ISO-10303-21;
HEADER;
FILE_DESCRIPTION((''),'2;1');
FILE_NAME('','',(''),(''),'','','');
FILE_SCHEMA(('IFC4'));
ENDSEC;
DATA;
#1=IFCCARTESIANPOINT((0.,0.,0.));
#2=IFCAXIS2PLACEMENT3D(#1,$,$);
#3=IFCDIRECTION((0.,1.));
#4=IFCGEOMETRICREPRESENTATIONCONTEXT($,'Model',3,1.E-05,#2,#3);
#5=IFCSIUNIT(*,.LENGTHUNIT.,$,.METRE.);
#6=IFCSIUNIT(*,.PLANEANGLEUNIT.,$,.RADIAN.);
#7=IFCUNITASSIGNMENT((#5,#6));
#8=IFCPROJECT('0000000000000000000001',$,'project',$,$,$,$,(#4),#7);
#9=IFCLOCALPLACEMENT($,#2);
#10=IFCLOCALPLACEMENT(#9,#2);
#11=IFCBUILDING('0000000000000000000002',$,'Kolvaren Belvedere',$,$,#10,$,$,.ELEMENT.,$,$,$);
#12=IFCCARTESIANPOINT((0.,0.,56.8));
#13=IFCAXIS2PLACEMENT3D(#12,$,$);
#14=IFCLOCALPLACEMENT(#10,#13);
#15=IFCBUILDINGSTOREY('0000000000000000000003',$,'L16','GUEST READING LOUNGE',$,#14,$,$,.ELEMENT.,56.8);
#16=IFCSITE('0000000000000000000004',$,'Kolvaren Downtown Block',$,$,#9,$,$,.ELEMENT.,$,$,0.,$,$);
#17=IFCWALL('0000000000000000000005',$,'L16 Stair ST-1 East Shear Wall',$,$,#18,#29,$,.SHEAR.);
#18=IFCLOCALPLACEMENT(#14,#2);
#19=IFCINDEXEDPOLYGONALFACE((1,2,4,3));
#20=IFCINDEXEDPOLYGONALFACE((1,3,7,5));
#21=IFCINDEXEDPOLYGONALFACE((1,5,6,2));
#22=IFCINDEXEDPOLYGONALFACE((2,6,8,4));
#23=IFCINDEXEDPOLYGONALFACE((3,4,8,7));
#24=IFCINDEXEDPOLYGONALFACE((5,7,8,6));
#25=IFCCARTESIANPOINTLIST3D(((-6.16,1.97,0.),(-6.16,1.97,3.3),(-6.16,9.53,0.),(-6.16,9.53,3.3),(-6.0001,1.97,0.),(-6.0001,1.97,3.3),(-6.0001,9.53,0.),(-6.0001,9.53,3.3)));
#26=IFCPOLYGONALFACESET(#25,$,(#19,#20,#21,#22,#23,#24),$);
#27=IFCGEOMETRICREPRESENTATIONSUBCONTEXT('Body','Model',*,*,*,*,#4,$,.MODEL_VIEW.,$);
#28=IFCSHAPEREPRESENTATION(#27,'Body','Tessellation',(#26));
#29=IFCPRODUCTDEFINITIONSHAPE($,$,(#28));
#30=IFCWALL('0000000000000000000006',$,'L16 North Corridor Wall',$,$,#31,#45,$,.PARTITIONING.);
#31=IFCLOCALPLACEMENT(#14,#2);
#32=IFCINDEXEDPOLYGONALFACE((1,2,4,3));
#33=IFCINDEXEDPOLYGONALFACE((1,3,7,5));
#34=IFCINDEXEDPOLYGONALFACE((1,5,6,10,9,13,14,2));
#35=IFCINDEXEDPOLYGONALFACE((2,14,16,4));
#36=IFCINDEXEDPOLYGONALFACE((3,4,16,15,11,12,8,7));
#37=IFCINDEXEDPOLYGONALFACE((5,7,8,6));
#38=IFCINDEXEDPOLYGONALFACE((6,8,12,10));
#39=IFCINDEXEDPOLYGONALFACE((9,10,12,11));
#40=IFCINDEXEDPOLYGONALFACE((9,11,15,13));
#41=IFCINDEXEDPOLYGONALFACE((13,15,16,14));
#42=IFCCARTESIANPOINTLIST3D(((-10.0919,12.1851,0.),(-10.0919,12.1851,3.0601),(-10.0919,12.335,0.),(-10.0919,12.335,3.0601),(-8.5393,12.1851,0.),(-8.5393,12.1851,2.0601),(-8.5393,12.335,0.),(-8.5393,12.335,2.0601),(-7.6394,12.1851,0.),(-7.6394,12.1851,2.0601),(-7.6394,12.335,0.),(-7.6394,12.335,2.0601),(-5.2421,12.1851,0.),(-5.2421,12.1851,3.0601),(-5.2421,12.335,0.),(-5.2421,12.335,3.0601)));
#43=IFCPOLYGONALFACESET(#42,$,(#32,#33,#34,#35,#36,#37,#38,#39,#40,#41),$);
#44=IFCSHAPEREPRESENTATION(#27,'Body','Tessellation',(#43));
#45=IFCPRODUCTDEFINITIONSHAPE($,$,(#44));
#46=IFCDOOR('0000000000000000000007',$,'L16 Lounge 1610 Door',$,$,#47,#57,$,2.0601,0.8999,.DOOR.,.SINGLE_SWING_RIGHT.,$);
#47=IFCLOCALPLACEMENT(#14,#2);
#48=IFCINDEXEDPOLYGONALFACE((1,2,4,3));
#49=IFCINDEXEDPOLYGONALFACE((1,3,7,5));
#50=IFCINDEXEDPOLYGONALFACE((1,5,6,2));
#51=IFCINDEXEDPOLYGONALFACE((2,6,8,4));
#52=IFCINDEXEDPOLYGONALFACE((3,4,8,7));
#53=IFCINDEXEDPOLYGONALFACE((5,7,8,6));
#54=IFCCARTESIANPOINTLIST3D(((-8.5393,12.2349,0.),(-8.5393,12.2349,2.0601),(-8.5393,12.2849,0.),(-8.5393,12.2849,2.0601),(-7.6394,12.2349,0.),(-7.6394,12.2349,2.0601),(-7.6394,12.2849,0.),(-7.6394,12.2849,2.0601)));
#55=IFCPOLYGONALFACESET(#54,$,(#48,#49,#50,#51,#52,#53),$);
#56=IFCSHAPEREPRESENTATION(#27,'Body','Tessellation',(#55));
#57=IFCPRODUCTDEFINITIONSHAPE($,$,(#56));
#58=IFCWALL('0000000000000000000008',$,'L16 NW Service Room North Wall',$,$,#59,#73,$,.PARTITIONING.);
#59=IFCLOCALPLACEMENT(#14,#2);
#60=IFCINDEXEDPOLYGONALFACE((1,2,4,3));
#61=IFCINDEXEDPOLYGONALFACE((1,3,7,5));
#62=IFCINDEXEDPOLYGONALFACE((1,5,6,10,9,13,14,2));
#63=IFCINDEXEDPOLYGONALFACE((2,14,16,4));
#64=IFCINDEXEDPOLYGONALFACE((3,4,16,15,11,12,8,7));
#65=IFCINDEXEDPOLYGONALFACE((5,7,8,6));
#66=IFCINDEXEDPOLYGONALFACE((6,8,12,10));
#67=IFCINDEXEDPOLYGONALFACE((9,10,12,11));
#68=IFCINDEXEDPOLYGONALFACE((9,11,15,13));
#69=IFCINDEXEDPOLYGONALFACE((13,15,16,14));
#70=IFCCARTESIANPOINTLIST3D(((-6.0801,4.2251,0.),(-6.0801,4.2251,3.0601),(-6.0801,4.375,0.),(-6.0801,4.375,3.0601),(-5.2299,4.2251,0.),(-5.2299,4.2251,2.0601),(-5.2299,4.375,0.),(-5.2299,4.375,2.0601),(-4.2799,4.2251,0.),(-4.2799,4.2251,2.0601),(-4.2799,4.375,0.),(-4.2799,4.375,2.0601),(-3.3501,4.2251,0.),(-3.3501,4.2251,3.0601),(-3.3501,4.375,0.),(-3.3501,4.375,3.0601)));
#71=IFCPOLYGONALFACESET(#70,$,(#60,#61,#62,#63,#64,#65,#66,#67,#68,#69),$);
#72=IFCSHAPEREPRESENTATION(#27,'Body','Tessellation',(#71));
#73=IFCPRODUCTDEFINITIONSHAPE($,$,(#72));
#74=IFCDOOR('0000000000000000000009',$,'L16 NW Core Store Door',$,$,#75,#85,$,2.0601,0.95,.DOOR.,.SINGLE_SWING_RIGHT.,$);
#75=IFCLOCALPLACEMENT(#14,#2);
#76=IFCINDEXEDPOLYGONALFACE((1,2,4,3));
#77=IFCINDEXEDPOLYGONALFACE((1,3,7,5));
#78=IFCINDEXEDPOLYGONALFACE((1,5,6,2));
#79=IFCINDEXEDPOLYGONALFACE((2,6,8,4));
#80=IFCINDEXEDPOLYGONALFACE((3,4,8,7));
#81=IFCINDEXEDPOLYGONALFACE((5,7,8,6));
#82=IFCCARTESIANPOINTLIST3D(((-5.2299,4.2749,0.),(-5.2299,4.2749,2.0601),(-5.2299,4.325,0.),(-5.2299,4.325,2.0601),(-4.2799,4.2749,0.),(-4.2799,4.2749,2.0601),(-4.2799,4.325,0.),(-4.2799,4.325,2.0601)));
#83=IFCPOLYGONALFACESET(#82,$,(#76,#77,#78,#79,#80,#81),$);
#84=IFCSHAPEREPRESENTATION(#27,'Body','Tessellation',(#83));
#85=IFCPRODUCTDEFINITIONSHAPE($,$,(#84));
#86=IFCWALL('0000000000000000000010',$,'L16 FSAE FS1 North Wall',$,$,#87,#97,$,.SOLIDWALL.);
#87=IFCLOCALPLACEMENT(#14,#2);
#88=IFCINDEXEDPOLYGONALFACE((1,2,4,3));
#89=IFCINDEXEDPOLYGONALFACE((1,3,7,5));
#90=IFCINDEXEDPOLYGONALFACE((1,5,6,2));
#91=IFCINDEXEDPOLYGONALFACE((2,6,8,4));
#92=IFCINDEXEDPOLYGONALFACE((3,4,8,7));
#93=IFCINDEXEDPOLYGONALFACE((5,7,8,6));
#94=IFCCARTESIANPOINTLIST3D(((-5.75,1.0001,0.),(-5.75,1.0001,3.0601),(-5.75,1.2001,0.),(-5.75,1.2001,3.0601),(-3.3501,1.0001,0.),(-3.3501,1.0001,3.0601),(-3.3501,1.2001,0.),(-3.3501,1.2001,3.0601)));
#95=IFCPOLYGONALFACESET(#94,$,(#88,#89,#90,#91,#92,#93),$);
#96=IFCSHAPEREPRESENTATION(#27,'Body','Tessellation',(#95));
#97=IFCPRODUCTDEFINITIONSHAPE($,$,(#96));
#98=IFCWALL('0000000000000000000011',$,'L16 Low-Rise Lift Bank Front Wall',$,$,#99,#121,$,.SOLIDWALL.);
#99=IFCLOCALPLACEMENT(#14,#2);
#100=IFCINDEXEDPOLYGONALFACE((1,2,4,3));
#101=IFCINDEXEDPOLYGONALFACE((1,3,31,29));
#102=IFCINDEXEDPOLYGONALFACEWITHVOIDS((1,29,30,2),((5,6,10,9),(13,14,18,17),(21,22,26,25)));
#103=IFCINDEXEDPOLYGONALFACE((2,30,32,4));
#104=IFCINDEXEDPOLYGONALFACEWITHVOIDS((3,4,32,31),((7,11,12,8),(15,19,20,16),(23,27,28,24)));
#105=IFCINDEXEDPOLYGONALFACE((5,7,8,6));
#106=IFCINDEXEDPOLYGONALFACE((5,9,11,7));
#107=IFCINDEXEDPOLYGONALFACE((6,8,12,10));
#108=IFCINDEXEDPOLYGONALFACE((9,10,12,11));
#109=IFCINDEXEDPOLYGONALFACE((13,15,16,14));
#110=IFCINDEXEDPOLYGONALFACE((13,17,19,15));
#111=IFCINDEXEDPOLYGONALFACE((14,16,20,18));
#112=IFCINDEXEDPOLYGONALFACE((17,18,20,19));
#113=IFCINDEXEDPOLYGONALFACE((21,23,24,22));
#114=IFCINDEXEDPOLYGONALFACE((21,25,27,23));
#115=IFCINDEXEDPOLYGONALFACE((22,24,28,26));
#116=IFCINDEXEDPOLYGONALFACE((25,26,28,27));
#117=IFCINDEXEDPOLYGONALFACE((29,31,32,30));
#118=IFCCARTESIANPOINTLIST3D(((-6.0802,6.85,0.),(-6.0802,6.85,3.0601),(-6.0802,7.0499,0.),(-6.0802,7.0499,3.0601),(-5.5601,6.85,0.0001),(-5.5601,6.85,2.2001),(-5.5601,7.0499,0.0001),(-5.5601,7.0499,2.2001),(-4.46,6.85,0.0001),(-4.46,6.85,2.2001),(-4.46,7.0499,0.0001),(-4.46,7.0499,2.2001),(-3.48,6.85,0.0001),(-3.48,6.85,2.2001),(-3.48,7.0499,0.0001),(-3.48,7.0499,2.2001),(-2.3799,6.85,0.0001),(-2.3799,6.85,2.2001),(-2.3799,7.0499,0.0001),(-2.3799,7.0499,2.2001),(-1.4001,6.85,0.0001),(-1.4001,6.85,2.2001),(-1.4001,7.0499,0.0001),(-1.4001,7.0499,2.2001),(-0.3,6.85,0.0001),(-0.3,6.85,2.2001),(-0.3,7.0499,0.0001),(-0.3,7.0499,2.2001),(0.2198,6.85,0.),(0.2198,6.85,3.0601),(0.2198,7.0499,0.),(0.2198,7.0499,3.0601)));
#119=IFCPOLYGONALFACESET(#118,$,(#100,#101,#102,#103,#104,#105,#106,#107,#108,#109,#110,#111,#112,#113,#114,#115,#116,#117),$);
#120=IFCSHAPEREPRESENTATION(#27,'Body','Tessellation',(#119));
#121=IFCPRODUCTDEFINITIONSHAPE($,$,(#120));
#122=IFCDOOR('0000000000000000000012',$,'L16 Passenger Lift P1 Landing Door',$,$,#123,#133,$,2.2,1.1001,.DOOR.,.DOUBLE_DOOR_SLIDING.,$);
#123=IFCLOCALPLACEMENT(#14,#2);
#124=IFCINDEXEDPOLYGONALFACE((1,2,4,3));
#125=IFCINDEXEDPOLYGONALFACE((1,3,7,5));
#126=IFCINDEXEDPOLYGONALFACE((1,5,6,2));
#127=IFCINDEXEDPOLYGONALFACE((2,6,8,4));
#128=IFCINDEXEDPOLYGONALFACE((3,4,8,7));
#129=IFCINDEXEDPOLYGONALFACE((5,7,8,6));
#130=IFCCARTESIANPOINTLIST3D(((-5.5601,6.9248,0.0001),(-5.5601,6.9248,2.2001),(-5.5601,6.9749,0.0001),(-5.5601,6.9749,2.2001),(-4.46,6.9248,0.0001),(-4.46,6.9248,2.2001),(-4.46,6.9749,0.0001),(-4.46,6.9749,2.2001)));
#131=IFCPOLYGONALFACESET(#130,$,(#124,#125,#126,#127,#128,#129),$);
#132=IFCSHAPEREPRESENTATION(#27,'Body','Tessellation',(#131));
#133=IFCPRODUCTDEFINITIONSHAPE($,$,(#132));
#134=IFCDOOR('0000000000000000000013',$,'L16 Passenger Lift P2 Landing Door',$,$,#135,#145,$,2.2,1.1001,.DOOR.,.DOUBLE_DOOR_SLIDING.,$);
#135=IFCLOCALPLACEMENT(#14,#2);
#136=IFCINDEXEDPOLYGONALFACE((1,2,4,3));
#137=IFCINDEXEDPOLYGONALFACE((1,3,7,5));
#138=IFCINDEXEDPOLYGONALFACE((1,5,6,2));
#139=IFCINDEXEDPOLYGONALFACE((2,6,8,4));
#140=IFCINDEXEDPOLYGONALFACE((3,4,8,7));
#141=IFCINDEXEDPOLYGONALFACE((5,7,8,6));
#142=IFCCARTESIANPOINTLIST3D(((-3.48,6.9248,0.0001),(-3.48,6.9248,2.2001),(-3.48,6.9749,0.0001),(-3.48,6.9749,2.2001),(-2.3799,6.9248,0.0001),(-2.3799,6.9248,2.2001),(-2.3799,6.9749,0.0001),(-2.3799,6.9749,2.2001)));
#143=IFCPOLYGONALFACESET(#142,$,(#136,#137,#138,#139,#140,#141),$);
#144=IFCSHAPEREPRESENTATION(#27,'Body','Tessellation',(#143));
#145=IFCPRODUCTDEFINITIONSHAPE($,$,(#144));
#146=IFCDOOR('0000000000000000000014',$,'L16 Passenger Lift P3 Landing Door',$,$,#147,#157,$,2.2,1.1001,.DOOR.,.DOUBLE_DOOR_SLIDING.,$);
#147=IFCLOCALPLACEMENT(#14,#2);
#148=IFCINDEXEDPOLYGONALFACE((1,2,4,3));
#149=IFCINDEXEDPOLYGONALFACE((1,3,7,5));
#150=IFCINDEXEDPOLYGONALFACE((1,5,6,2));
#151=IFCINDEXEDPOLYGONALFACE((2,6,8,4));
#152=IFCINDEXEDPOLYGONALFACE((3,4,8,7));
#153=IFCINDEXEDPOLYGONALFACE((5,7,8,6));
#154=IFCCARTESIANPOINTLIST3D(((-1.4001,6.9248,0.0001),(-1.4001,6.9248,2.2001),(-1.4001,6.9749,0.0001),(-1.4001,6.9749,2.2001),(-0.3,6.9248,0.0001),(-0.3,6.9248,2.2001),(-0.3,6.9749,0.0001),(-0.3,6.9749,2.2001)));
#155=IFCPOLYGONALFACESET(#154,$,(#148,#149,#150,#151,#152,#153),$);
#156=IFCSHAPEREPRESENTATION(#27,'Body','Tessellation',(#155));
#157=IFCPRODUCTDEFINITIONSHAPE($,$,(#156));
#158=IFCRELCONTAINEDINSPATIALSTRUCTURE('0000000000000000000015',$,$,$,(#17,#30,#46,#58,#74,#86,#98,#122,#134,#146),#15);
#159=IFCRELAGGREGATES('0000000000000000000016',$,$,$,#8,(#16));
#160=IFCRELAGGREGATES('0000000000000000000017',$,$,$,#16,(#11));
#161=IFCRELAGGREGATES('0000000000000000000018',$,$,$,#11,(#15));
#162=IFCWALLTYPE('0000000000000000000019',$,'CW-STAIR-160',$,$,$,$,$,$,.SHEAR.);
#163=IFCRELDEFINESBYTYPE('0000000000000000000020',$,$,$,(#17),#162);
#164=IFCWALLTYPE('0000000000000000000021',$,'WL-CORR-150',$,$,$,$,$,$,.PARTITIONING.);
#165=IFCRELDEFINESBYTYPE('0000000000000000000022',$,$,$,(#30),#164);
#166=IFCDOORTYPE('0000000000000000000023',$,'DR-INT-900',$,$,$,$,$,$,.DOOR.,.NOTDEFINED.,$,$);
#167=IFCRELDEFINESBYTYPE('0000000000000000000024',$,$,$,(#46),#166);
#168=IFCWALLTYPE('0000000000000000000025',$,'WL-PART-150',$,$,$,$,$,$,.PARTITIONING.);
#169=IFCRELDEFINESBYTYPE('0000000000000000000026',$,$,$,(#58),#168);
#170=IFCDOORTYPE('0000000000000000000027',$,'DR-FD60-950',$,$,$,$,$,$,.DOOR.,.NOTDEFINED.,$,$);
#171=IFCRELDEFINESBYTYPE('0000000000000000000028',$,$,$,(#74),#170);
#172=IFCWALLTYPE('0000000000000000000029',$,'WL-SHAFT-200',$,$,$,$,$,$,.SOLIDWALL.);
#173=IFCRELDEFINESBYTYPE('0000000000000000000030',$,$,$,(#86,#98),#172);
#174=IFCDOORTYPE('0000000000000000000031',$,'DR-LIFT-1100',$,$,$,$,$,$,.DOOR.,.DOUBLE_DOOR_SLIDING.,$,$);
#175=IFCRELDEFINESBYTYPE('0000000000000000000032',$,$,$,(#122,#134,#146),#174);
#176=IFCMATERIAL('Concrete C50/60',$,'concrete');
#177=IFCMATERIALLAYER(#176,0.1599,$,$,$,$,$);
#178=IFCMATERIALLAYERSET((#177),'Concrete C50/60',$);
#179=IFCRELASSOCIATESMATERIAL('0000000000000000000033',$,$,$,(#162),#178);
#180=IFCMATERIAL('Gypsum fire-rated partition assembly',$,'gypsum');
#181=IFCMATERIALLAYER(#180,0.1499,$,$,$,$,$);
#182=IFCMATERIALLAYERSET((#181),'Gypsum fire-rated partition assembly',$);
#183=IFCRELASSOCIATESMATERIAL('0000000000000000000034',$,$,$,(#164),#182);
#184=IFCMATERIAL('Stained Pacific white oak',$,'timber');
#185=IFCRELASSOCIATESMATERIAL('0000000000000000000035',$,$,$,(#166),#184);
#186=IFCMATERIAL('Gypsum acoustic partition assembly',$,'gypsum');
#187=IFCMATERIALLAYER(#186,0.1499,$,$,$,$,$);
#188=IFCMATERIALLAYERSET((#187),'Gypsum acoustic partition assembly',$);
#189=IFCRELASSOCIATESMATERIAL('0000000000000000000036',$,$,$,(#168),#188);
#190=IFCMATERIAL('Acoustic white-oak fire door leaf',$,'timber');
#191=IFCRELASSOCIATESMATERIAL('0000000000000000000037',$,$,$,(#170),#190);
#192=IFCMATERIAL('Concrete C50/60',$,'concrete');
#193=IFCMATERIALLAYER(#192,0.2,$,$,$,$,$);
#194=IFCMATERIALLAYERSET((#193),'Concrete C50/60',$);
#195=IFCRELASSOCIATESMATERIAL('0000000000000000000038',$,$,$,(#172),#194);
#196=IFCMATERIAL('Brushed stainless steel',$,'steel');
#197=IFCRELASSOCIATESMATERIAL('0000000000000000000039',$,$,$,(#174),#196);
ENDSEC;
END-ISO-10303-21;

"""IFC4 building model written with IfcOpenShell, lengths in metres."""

from ifc_helpers import new_model, si_unit, direction, frame, frame_2d, origin, place, context, subcontext, project, spatial, rectangle, extrude, material, layer, layer_set, type_object, element, fill, save


model = new_model("IFC4")

# Units and contexts
model_context = context("Model", 3, precision=1e-05, world=origin(), true_north=direction((0.0, 1.0)))
body_context = subcontext(model_context, "Body", "Model", "MODEL_VIEW")
ifc_project = project(units=[si_unit("LENGTHUNIT", "METRE"), si_unit("PLANEANGLEUNIT", "RADIAN")], contexts=[model_context])

# Site, building, storey
site_placement = place(None, origin())
site = spatial("IfcSite", under=ifc_project, at=site_placement, Name="Kolvaren Downtown Block", CompositionType="ELEMENT", RefElevation=0.0)
building_placement = place(site_placement, origin())
building = spatial("IfcBuilding", under=site, at=building_placement, Name="Kolvaren Belvedere", CompositionType="ELEMENT")
storey_placement = place(building_placement, frame((0.0, 0.0, 56.8)))
storey = spatial("IfcBuildingStorey", under=building, at=storey_placement, Name="L16", Description="GUEST READING LOUNGE", CompositionType="ELEMENT", Elevation=56.8)

# Shared definitions
ifc_material_1 = material(Name="Concrete C50/60", Category="concrete")
ifc_layer_1 = layer(ifc_material_1, 0.1599)
ifc_layer_set_1 = layer_set([ifc_layer_1], Name="Concrete C50/60")
wall_type_1 = type_object("IfcWallType", Name="CW-STAIR-160", PredefinedType="SHEAR", material=ifc_layer_set_1)

# Wall
for number, where, z_axis, x_axis, name in (
    (1, (-6.0801, 1.97, 0.0), (0.0, 0.0, 1.0), (0.0, 1.0, 0.0), "L16 Stair ST-1 East Shear Wall"),
):
    element("IfcWall", number, at=place(storey_placement, frame(where, z_axis=z_axis, x_axis=x_axis)), inside=storey, type_object=wall_type_1, Name=name, PredefinedType="SHEAR", context=body_context, shape_type="SweptSolid", body=[
        extrude(rectangle(XDim=7.5601, YDim=0.1599, at=frame_2d((3.78, 0.0))), origin(), (0.0, 0.0, 1.0), 3.3),
    ])

# Walls, openings, doors
ifc_material_2 = material(Name="Gypsum fire-rated partition assembly", Category="gypsum")
ifc_layer_2 = layer(ifc_material_2, 0.1499)
ifc_layer_set_2 = layer_set([ifc_layer_2], Name="Gypsum fire-rated partition assembly")
wall_type_2 = type_object("IfcWallType", Name="WL-CORR-150", PredefinedType="PARTITIONING", material=ifc_layer_set_2)
wall_1_placement = place(storey_placement, frame((-10.0918, 12.26, 0.0), z_axis=(0.0, 0.0, 1.0), x_axis=(1.0, 0.0, 0.0)))
wall_1 = element("IfcWall", 2, at=wall_1_placement, inside=storey, type_object=wall_type_2, Name="L16 North Corridor Wall", PredefinedType="PARTITIONING", context=body_context, shape_type="SweptSolid", body=[
    extrude(rectangle(XDim=4.8499, YDim=0.1499, at=frame_2d((2.4248, 0.0))), origin(), (0.0, 0.0, 1.0), 3.0601),
])
opening_1_placement = place(wall_1_placement, frame((1.5525, 0.0, 0.0)))
opening_1 = element("IfcOpeningElement", 3, at=opening_1_placement, cuts=wall_1, PredefinedType="OPENING", context=body_context, shape_type="SweptSolid", body=[
    extrude(rectangle(XDim=0.8999, YDim=2.0601, at=frame_2d((0.45, 1.03))), frame((0.0, 0.085, 0.0), z_axis=(0.0, -1.0, 0.0), x_axis=(1.0, 0.0, 0.0)), (0.0, 0.0, 1.0), 0.1699),
])
ifc_material_3 = material(Name="Stained Pacific white oak", Category="timber")
door_type_1 = type_object("IfcDoorType", Name="DR-INT-900", OperationType="NOTDEFINED", PredefinedType="DOOR", material=ifc_material_3)
door_1_placement = place(opening_1_placement, origin())
door_1 = element("IfcDoor", 4, at=door_1_placement, inside=storey, type_object=door_type_1, Name="L16 Lounge 1610 Door", OperationType="SINGLE_SWING_RIGHT", OverallHeight=2.0601, OverallWidth=0.8999, PredefinedType="DOOR", context=body_context, shape_type="SweptSolid", body=[
    extrude(rectangle(XDim=0.8999, YDim=2.0601, at=frame_2d((0.45, 1.03))), frame((0.0, 0.0249, 0.0), z_axis=(0.0, -1.0, 0.0), x_axis=(1.0, 0.0, 0.0)), (0.0, 0.0, 1.0), 0.05),
])
fill(opening_1, door_1)
ifc_material_4 = material(Name="Gypsum acoustic partition assembly", Category="gypsum")
ifc_layer_3 = layer(ifc_material_4, 0.1499)
ifc_layer_set_3 = layer_set([ifc_layer_3], Name="Gypsum acoustic partition assembly")
wall_type_3 = type_object("IfcWallType", Name="WL-PART-150", PredefinedType="PARTITIONING", material=ifc_layer_set_3)
wall_2_placement = place(storey_placement, frame((-6.0801, 4.3, 0.0), z_axis=(0.0, 0.0, 1.0), x_axis=(1.0, 0.0, 0.0)))
wall_2 = element("IfcWall", 5, at=wall_2_placement, inside=storey, type_object=wall_type_3, Name="L16 NW Service Room North Wall", PredefinedType="PARTITIONING", context=body_context, shape_type="SweptSolid", body=[
    extrude(rectangle(XDim=2.73, YDim=0.1499, at=frame_2d((1.365, 0.0))), origin(), (0.0, 0.0, 1.0), 3.0601),
])
opening_2_placement = place(wall_2_placement, frame((0.8501, 0.0, 0.0)))
opening_2 = element("IfcOpeningElement", 6, at=opening_2_placement, cuts=wall_2, PredefinedType="OPENING", context=body_context, shape_type="SweptSolid", body=[
    extrude(rectangle(XDim=0.95, YDim=2.0601, at=frame_2d((0.4751, 1.03))), frame((0.0, 0.085, 0.0), z_axis=(0.0, -1.0, 0.0), x_axis=(1.0, 0.0, 0.0)), (0.0, 0.0, 1.0), 0.1699),
])
ifc_material_5 = material(Name="Acoustic white-oak fire door leaf", Category="timber")
door_type_2 = type_object("IfcDoorType", Name="DR-FD60-950", OperationType="NOTDEFINED", PredefinedType="DOOR", material=ifc_material_5)
door_2_placement = place(opening_2_placement, origin())
door_2 = element("IfcDoor", 7, at=door_2_placement, inside=storey, type_object=door_type_2, Name="L16 NW Core Store Door", OperationType="SINGLE_SWING_RIGHT", OverallHeight=2.0601, OverallWidth=0.95, PredefinedType="DOOR", context=body_context, shape_type="SweptSolid", body=[
    extrude(rectangle(XDim=0.95, YDim=2.0601, at=frame_2d((0.4751, 1.03))), frame((0.0, 0.0249, 0.0), z_axis=(0.0, -1.0, 0.0), x_axis=(1.0, 0.0, 0.0)), (0.0, 0.0, 1.0), 0.05),
])
fill(opening_2, door_2)

# Wall
ifc_material_6 = material(Name="Concrete C50/60", Category="concrete")
ifc_layer_4 = layer(ifc_material_6, 0.2)
ifc_layer_set_4 = layer_set([ifc_layer_4], Name="Concrete C50/60")
wall_type_4 = type_object("IfcWallType", Name="WL-SHAFT-200", PredefinedType="SOLIDWALL", material=ifc_layer_set_4)
wall_3_placement = place(storey_placement, frame((-5.75, 1.1001, 0.0), z_axis=(0.0, 0.0, 1.0), x_axis=(1.0, 0.0, 0.0)))
element("IfcWall", 8, at=wall_3_placement, inside=storey, type_object=wall_type_4, Name="L16 FSAE FS1 North Wall", PredefinedType="SOLIDWALL", context=body_context, shape_type="SweptSolid", body=[
    extrude(rectangle(XDim=2.3999, YDim=0.2, at=frame_2d((1.2, 0.0))), origin(), (0.0, 0.0, 1.0), 3.0601),
])

# Wall, openings, doors
wall_4_placement = place(storey_placement, frame((-6.0801, 6.95, 0.0), z_axis=(0.0, 0.0, 1.0), x_axis=(1.0, 0.0, 0.0)))
wall_4 = element("IfcWall", 9, at=wall_4_placement, inside=storey, type_object=wall_type_4, Name="L16 Low-Rise Lift Bank Front Wall", PredefinedType="SOLIDWALL", context=body_context, shape_type="SweptSolid", body=[
    extrude(rectangle(XDim=6.3, YDim=0.2, at=frame_2d((3.1499, 0.0))), origin(), (0.0, 0.0, 1.0), 3.0601),
])
opening_3_placement = place(wall_4_placement, frame((0.52, 0.0, 0.0)))
opening_3 = element("IfcOpeningElement", 10, at=opening_3_placement, cuts=wall_4, PredefinedType="OPENING", context=body_context, shape_type="SweptSolid", body=[
    extrude(rectangle(XDim=1.1001, YDim=2.2, at=frame_2d((0.55, 1.1001))), frame((0.0, 0.1099, 0.0), z_axis=(0.0, -1.0, 0.0), x_axis=(1.0, 0.0, 0.0)), (0.0, 0.0, 1.0), 0.22),
])
opening_4_placement = place(wall_4_placement, frame((2.6001, 0.0, 0.0)))
opening_4 = element("IfcOpeningElement", 11, at=opening_4_placement, cuts=wall_4, PredefinedType="OPENING", context=body_context, shape_type="SweptSolid", body=[
    extrude(rectangle(XDim=1.1001, YDim=2.2, at=frame_2d((0.55, 1.1001))), frame((0.0, 0.1099, 0.0), z_axis=(0.0, -1.0, 0.0), x_axis=(1.0, 0.0, 0.0)), (0.0, 0.0, 1.0), 0.22),
])
opening_5_placement = place(wall_4_placement, frame((4.6799, 0.0, 0.0)))
opening_5 = element("IfcOpeningElement", 12, at=opening_5_placement, cuts=wall_4, PredefinedType="OPENING", context=body_context, shape_type="SweptSolid", body=[
    extrude(rectangle(XDim=1.1001, YDim=2.2, at=frame_2d((0.55, 1.1001))), frame((0.0, 0.1099, 0.0), z_axis=(0.0, -1.0, 0.0), x_axis=(1.0, 0.0, 0.0)), (0.0, 0.0, 1.0), 0.22),
])
ifc_material_7 = material(Name="Brushed stainless steel", Category="steel")
door_type_3 = type_object("IfcDoorType", Name="DR-LIFT-1100", OperationType="DOUBLE_DOOR_SLIDING", PredefinedType="DOOR", material=ifc_material_7)
door_3_placement = place(opening_3_placement, origin())
door_3 = element("IfcDoor", 13, at=door_3_placement, inside=storey, type_object=door_type_3, Name="L16 Passenger Lift P1 Landing Door", OperationType="DOUBLE_DOOR_SLIDING", OverallHeight=2.2, OverallWidth=1.1001, PredefinedType="DOOR", context=body_context, shape_type="SweptSolid", body=[
    extrude(rectangle(XDim=1.1001, YDim=2.2, at=frame_2d((0.55, 1.1001))), frame((0.0, 0.0249, 0.0), z_axis=(0.0, -1.0, 0.0), x_axis=(1.0, 0.0, 0.0)), (0.0, 0.0, 1.0), 0.05),
])
fill(opening_3, door_3)
door_4_placement = place(opening_4_placement, origin())
door_4 = element("IfcDoor", 14, at=door_4_placement, inside=storey, type_object=door_type_3, Name="L16 Passenger Lift P2 Landing Door", OperationType="DOUBLE_DOOR_SLIDING", OverallHeight=2.2, OverallWidth=1.1001, PredefinedType="DOOR", context=body_context, shape_type="SweptSolid", body=[
    extrude(rectangle(XDim=1.1001, YDim=2.2, at=frame_2d((0.55, 1.1001))), frame((0.0, 0.0249, 0.0), z_axis=(0.0, -1.0, 0.0), x_axis=(1.0, 0.0, 0.0)), (0.0, 0.0, 1.0), 0.05),
])
fill(opening_4, door_4)
door_5_placement = place(opening_5_placement, origin())
door_5 = element("IfcDoor", 15, at=door_5_placement, inside=storey, type_object=door_type_3, Name="L16 Passenger Lift P3 Landing Door", OperationType="DOUBLE_DOOR_SLIDING", OverallHeight=2.2, OverallWidth=1.1001, PredefinedType="DOOR", context=body_context, shape_type="SweptSolid", body=[
    extrude(rectangle(XDim=1.1001, YDim=2.2, at=frame_2d((0.55, 1.1001))), frame((0.0, 0.0249, 0.0), z_axis=(0.0, -1.0, 0.0), x_axis=(1.0, 0.0, 0.0)), (0.0, 0.0, 1.0), 0.05),
])
fill(opening_5, door_5)

save(model, "model.ifc")
